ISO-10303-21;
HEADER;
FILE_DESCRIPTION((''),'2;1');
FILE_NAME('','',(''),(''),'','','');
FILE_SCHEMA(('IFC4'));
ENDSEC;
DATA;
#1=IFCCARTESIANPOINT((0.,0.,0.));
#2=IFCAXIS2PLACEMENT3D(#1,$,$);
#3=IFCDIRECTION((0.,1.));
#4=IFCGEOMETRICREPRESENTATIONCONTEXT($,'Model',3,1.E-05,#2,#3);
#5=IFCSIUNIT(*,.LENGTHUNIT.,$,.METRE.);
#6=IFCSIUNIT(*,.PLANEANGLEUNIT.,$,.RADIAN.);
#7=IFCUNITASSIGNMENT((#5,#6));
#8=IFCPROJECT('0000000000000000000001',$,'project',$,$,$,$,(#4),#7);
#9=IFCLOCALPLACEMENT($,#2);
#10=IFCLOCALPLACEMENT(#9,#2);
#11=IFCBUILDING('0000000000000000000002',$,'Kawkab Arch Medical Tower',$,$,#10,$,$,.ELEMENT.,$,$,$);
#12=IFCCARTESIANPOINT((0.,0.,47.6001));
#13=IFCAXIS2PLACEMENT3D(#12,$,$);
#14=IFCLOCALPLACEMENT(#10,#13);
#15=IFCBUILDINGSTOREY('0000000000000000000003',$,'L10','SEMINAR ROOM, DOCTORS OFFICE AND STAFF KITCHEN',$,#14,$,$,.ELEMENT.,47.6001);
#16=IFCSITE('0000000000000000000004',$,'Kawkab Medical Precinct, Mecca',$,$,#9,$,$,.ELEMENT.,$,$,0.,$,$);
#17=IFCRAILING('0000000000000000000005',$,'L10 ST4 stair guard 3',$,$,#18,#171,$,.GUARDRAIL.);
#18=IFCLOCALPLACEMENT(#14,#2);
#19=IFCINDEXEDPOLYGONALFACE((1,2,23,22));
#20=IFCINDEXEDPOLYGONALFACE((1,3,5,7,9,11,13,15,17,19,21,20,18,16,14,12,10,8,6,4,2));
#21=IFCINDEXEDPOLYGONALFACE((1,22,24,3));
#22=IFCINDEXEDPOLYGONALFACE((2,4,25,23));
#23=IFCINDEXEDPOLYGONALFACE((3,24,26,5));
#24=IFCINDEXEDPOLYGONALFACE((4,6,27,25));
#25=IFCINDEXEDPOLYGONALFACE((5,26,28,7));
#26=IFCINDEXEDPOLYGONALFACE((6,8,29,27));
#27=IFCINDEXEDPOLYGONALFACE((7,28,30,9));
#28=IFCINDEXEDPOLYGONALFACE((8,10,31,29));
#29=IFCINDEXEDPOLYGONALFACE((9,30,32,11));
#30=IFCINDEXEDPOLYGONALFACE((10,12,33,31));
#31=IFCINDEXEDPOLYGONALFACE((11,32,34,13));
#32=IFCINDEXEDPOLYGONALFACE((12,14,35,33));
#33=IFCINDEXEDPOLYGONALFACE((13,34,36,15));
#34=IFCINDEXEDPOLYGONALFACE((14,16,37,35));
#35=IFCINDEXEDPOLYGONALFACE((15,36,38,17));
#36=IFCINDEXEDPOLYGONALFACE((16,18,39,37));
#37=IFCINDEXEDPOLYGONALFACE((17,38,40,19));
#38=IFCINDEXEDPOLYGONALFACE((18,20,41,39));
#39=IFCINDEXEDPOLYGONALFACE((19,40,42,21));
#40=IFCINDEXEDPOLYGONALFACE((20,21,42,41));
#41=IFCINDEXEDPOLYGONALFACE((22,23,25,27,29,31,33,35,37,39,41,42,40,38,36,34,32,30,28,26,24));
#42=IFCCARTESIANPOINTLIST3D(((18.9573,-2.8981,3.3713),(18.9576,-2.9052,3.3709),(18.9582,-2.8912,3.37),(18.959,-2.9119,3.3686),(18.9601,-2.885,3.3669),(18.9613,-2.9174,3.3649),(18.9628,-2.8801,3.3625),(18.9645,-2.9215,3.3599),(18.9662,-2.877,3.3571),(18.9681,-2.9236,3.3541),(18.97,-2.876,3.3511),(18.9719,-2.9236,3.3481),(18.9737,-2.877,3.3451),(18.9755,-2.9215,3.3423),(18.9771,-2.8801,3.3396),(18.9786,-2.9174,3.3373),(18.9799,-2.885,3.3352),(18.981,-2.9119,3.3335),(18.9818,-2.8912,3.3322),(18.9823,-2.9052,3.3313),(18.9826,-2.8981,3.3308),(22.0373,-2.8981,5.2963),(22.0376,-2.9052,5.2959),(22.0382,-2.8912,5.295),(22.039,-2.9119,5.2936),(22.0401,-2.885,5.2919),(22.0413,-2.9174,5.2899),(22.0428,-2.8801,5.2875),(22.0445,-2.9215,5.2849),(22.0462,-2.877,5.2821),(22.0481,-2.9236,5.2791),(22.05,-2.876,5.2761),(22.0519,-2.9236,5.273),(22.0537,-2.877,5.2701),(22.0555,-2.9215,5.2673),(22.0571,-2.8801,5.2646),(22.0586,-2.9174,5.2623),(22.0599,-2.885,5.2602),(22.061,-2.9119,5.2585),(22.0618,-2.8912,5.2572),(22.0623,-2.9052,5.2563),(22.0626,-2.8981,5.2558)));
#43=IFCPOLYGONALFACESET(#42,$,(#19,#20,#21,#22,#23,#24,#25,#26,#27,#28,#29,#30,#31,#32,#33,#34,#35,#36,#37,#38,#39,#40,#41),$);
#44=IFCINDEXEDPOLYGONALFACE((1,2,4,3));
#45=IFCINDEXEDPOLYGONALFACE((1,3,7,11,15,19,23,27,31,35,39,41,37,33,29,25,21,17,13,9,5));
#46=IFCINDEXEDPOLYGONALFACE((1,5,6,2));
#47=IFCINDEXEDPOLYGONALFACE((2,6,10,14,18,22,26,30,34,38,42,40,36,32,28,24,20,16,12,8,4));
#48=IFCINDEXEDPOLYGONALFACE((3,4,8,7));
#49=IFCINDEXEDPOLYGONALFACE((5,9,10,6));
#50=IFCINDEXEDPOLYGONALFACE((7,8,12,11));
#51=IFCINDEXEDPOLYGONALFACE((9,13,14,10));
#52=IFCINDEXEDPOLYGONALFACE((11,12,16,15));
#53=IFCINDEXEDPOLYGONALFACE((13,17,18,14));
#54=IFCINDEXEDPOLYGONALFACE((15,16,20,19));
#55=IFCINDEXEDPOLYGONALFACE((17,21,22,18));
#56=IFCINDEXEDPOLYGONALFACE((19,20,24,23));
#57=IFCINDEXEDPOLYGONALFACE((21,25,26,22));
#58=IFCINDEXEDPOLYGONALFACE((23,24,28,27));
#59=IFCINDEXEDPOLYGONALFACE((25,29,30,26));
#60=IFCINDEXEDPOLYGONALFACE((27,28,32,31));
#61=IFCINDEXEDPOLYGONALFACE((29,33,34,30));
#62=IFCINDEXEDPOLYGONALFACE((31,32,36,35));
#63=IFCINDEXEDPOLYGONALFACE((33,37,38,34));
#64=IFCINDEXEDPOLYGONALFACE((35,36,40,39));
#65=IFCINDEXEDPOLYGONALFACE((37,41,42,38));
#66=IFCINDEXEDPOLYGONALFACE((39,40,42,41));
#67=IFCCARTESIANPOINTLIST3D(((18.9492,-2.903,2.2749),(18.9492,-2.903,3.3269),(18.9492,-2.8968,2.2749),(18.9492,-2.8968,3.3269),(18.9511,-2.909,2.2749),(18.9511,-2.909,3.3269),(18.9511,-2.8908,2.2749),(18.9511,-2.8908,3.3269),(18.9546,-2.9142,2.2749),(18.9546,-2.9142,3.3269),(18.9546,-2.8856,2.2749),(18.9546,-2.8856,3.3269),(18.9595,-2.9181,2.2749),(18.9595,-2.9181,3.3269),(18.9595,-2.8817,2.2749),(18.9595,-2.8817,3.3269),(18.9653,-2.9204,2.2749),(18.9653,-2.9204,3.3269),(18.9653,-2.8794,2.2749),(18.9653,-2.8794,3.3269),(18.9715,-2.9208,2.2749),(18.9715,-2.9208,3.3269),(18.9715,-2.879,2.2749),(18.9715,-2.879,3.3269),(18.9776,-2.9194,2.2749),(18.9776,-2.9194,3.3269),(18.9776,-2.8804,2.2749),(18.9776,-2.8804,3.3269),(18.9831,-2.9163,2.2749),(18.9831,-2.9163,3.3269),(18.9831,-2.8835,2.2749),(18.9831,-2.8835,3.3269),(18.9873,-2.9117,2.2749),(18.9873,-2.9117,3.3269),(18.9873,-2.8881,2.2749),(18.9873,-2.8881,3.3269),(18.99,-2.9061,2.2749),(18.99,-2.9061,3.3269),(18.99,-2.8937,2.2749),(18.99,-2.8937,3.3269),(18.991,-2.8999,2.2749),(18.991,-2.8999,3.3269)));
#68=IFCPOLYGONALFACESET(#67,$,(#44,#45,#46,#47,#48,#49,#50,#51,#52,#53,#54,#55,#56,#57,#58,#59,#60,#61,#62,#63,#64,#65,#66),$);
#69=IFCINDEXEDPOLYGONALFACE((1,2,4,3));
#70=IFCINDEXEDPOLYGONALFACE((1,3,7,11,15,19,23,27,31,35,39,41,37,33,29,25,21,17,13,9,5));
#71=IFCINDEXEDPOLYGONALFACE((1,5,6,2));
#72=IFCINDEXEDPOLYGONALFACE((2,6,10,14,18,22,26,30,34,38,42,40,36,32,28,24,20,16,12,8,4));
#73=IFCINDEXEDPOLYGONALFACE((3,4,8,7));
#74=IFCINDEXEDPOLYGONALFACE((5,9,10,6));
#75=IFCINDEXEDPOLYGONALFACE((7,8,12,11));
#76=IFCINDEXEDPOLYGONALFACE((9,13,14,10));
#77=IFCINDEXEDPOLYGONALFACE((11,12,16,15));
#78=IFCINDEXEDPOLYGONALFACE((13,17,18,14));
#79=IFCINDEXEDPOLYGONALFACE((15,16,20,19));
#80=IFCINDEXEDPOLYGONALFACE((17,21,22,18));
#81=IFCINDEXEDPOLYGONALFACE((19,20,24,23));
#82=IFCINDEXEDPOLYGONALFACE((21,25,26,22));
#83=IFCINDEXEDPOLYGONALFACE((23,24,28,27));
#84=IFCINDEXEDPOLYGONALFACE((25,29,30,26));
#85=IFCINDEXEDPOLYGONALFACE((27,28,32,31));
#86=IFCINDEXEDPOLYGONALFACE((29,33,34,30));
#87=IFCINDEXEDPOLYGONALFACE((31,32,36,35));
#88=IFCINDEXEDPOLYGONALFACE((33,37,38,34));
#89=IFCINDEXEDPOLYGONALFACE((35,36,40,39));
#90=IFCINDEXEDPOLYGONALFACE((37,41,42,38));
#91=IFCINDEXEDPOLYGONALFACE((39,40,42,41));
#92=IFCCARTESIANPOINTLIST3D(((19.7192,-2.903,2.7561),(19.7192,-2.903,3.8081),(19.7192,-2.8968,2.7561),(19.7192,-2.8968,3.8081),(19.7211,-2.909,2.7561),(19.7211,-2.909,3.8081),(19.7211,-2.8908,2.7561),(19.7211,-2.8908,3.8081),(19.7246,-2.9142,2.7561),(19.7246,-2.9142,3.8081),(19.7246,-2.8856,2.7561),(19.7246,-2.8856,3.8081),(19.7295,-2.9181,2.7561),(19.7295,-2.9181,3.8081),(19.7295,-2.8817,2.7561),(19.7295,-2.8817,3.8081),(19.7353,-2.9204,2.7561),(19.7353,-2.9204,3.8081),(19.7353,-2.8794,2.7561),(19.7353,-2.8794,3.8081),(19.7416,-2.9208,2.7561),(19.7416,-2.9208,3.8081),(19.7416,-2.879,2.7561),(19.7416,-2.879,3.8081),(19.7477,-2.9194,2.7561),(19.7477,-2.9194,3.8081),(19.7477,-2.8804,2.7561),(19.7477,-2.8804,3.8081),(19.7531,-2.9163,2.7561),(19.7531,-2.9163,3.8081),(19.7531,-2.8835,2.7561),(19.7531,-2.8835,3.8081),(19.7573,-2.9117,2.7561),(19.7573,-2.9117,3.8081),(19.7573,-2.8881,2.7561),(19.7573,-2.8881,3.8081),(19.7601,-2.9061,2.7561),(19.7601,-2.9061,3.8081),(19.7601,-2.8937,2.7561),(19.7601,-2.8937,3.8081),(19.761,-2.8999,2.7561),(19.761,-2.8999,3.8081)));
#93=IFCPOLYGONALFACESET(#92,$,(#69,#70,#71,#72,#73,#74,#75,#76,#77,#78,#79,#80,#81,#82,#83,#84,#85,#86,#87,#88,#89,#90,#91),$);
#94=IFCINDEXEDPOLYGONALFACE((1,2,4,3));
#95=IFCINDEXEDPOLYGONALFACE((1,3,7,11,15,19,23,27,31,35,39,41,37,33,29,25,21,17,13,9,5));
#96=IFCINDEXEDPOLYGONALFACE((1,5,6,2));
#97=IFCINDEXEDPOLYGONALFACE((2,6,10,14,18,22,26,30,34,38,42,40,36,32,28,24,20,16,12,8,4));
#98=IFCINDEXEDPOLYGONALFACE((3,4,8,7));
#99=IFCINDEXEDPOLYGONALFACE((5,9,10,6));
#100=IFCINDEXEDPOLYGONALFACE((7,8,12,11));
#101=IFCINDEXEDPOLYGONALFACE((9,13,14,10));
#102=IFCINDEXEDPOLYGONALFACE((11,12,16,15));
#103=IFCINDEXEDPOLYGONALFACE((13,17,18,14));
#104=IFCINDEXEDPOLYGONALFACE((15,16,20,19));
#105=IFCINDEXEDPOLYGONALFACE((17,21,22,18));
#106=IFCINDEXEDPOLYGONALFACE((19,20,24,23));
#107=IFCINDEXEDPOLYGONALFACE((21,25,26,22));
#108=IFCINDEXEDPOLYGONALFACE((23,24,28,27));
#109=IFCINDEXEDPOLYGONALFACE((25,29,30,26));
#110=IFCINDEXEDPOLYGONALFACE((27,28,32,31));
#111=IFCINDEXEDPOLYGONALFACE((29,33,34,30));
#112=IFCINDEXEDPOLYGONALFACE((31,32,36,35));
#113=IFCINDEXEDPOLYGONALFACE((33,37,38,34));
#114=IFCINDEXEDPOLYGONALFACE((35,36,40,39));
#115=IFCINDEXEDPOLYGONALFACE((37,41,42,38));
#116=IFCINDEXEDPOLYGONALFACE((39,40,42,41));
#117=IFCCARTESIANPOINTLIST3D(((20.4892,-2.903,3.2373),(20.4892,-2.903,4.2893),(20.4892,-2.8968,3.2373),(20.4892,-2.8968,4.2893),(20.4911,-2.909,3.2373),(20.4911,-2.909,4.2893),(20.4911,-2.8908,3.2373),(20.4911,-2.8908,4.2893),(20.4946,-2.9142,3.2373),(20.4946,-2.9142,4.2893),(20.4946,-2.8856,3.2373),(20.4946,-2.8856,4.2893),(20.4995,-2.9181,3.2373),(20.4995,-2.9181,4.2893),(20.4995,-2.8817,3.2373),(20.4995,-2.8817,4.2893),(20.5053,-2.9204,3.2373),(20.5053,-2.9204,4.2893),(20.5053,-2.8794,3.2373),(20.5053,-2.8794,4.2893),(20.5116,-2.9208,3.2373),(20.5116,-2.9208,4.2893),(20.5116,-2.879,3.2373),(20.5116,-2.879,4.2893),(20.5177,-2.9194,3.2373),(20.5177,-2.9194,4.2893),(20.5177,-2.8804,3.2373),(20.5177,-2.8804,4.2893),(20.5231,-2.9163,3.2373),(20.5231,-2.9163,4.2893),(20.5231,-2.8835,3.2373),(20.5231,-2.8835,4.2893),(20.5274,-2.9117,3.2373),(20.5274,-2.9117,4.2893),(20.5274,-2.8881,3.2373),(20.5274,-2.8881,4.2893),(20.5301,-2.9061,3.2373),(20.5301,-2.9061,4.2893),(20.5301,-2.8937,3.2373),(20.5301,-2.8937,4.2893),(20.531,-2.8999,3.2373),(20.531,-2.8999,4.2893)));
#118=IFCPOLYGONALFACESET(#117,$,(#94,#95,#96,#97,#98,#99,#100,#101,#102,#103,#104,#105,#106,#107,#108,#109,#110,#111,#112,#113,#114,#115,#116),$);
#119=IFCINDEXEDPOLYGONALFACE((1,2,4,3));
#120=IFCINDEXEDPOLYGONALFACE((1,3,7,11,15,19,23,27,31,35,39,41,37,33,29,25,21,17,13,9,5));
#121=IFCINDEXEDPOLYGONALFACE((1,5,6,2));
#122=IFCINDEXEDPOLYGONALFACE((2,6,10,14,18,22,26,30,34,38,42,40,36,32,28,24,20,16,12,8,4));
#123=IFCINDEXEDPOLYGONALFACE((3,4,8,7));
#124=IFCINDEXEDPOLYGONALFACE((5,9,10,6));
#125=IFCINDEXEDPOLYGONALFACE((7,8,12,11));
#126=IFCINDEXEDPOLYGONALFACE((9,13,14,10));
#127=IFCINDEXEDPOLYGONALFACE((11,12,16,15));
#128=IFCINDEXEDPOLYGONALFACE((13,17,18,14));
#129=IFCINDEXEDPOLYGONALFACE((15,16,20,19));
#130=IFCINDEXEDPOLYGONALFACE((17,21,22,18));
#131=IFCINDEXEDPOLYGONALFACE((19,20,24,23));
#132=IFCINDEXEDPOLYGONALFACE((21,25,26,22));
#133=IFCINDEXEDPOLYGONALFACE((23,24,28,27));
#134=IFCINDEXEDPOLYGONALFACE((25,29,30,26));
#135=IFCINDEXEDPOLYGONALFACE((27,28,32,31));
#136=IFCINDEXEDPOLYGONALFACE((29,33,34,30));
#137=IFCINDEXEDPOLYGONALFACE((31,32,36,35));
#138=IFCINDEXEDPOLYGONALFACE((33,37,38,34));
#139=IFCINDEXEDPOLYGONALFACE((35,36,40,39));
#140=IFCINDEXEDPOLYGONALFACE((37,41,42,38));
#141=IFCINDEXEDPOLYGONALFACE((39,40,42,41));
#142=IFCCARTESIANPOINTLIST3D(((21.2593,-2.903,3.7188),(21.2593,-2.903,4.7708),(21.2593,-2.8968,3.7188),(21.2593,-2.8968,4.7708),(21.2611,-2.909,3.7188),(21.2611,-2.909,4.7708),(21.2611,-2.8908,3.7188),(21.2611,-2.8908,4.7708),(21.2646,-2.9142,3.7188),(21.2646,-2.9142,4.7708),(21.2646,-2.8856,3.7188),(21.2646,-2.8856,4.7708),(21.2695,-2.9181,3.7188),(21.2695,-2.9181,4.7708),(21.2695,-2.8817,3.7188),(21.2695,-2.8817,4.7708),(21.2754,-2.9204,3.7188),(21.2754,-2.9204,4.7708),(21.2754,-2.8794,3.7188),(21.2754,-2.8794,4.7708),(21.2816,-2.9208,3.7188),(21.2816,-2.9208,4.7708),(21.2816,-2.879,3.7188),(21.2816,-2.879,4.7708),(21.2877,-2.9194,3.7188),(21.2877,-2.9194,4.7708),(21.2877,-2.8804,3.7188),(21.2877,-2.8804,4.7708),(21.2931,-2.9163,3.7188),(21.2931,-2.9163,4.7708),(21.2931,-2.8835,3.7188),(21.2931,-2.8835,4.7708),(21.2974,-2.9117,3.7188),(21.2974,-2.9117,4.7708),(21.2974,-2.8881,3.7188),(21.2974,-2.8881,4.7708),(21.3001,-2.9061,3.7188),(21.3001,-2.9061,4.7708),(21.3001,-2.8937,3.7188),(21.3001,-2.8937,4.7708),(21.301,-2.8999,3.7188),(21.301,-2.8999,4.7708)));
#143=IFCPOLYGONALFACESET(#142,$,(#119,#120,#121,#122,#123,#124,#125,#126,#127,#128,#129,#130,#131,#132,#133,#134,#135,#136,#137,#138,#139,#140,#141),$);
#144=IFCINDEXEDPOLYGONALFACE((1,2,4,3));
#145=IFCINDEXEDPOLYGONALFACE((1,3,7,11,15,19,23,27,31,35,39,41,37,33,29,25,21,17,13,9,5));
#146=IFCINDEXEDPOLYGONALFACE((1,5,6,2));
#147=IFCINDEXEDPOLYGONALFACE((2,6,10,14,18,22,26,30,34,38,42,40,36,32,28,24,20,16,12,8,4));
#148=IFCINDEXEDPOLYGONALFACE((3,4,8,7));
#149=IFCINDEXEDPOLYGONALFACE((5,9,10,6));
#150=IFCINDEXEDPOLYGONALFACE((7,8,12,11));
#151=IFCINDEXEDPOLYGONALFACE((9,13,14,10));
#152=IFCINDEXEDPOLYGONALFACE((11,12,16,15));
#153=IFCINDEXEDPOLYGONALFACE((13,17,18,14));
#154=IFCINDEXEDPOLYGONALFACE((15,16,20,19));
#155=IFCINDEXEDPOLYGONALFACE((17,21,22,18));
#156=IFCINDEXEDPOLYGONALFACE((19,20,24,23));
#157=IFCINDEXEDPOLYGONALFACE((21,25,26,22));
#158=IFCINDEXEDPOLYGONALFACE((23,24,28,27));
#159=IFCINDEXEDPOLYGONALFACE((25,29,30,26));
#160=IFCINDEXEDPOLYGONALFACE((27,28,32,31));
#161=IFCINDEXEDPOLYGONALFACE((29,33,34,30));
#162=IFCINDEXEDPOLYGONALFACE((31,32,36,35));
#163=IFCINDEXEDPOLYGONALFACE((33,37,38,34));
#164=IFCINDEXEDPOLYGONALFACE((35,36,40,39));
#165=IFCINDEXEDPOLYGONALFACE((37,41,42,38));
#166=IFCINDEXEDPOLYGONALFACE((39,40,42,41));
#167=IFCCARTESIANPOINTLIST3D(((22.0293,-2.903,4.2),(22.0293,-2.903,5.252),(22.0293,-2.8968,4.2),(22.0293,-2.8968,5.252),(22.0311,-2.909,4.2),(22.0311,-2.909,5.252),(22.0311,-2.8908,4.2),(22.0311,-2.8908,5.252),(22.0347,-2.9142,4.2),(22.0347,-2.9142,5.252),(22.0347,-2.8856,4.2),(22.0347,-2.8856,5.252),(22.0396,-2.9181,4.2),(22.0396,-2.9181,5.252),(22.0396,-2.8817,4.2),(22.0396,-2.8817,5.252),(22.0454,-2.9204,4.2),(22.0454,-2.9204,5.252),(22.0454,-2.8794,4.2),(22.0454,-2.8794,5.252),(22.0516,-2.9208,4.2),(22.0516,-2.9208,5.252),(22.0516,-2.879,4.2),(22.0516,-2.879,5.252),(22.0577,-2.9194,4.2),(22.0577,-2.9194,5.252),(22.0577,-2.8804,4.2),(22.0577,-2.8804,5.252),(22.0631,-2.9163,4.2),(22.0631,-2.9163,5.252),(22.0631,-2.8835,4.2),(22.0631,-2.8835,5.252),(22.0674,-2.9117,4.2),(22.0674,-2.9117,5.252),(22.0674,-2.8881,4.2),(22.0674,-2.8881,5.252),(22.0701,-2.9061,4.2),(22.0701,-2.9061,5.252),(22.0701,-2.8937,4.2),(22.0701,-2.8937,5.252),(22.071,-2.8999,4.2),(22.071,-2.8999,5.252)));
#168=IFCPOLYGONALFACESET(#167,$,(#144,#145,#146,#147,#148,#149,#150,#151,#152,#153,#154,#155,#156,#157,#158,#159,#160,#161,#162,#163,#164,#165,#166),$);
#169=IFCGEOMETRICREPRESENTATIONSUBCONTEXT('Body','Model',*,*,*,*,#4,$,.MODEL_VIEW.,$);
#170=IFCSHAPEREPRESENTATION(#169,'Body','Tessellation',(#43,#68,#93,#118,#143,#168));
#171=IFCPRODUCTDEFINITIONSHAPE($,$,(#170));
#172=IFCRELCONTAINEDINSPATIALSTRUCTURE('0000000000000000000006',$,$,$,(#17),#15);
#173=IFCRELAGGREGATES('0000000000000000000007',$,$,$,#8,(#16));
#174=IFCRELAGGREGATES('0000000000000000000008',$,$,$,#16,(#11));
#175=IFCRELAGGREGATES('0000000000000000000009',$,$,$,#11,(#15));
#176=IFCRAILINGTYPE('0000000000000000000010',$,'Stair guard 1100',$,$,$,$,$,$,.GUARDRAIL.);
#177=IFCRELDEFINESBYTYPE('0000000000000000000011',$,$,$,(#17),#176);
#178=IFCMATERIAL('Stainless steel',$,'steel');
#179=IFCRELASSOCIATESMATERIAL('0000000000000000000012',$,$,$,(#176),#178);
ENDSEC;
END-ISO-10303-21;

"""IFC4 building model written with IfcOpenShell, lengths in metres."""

from ifc_helpers import new_model, si_unit, direction, frame, origin, origin_2d, place, context, subcontext, project, spatial, circle, extrude, material, type_object, element, save


model = new_model("IFC4")

# Units and contexts
model_context = context("Model", 3, precision=1e-05, world=origin(), true_north=direction((0.0, 1.0)))
body_context = subcontext(model_context, "Body", "Model", "MODEL_VIEW")
ifc_project = project(units=[si_unit("LENGTHUNIT", "METRE"), si_unit("PLANEANGLEUNIT", "RADIAN")], contexts=[model_context])

# Site, building, storey
site_placement = place(None, origin())
site = spatial("IfcSite", under=ifc_project, at=site_placement, Name="Kawkab Medical Precinct, Mecca", CompositionType="ELEMENT", RefElevation=0.0)
building_placement = place(site_placement, origin())
building = spatial("IfcBuilding", under=site, at=building_placement, Name="Kawkab Arch Medical Tower", CompositionType="ELEMENT")
storey_placement = place(building_placement, frame((0.0, 0.0, 47.6001)))
storey = spatial("IfcBuildingStorey", under=building, at=storey_placement, Name="L10", Description="SEMINAR ROOM, DOCTORS OFFICE AND STAFF KITCHEN", CompositionType="ELEMENT", Elevation=47.6001)

# Railing
ifc_material_1 = material(Name="Stainless steel", Category="steel")
railing_type_1 = type_object("IfcRailingType", Name="Stair guard 1100", PredefinedType="GUARDRAIL", material=ifc_material_1)
railing_1_placement = place(storey_placement, frame((18.97, -2.8999, 2.2749)))
element("IfcRailing", 1, at=railing_1_placement, inside=storey, type_object=railing_type_1, Name="L10 ST4 stair guard 3", PredefinedType="GUARDRAIL", context=body_context, shape_type="SweptSolid", body=[
    extrude(circle(Radius=0.0239, at=origin_2d()), frame((0.0, 0.0, 1.0762), z_axis=(0.847998, 0.0, 0.529999), x_axis=(0.0, 1.0, 0.0)), (0.0, 0.0, 1.0), 3.6321),
    extrude(circle(Radius=0.021, at=origin_2d()), origin(), (0.0, 0.0, 1.0), 1.052),
    extrude(circle(Radius=0.021, at=origin_2d()), frame((0.77, 0.0, 0.4812)), (0.0, 0.0, 1.0), 1.052),
    extrude(circle(Radius=0.021, at=origin_2d()), frame((1.54, 0.0, 0.9624)), (0.0, 0.0, 1.0), 1.052),
    extrude(circle(Radius=0.021, at=origin_2d()), frame((2.3101, 0.0, 1.4438)), (0.0, 0.0, 1.0), 1.052),
    extrude(circle(Radius=0.021, at=origin_2d()), frame((3.0801, 0.0, 1.925)), (0.0, 0.0, 1.0), 1.052),
])

save(model, "model.ifc")
